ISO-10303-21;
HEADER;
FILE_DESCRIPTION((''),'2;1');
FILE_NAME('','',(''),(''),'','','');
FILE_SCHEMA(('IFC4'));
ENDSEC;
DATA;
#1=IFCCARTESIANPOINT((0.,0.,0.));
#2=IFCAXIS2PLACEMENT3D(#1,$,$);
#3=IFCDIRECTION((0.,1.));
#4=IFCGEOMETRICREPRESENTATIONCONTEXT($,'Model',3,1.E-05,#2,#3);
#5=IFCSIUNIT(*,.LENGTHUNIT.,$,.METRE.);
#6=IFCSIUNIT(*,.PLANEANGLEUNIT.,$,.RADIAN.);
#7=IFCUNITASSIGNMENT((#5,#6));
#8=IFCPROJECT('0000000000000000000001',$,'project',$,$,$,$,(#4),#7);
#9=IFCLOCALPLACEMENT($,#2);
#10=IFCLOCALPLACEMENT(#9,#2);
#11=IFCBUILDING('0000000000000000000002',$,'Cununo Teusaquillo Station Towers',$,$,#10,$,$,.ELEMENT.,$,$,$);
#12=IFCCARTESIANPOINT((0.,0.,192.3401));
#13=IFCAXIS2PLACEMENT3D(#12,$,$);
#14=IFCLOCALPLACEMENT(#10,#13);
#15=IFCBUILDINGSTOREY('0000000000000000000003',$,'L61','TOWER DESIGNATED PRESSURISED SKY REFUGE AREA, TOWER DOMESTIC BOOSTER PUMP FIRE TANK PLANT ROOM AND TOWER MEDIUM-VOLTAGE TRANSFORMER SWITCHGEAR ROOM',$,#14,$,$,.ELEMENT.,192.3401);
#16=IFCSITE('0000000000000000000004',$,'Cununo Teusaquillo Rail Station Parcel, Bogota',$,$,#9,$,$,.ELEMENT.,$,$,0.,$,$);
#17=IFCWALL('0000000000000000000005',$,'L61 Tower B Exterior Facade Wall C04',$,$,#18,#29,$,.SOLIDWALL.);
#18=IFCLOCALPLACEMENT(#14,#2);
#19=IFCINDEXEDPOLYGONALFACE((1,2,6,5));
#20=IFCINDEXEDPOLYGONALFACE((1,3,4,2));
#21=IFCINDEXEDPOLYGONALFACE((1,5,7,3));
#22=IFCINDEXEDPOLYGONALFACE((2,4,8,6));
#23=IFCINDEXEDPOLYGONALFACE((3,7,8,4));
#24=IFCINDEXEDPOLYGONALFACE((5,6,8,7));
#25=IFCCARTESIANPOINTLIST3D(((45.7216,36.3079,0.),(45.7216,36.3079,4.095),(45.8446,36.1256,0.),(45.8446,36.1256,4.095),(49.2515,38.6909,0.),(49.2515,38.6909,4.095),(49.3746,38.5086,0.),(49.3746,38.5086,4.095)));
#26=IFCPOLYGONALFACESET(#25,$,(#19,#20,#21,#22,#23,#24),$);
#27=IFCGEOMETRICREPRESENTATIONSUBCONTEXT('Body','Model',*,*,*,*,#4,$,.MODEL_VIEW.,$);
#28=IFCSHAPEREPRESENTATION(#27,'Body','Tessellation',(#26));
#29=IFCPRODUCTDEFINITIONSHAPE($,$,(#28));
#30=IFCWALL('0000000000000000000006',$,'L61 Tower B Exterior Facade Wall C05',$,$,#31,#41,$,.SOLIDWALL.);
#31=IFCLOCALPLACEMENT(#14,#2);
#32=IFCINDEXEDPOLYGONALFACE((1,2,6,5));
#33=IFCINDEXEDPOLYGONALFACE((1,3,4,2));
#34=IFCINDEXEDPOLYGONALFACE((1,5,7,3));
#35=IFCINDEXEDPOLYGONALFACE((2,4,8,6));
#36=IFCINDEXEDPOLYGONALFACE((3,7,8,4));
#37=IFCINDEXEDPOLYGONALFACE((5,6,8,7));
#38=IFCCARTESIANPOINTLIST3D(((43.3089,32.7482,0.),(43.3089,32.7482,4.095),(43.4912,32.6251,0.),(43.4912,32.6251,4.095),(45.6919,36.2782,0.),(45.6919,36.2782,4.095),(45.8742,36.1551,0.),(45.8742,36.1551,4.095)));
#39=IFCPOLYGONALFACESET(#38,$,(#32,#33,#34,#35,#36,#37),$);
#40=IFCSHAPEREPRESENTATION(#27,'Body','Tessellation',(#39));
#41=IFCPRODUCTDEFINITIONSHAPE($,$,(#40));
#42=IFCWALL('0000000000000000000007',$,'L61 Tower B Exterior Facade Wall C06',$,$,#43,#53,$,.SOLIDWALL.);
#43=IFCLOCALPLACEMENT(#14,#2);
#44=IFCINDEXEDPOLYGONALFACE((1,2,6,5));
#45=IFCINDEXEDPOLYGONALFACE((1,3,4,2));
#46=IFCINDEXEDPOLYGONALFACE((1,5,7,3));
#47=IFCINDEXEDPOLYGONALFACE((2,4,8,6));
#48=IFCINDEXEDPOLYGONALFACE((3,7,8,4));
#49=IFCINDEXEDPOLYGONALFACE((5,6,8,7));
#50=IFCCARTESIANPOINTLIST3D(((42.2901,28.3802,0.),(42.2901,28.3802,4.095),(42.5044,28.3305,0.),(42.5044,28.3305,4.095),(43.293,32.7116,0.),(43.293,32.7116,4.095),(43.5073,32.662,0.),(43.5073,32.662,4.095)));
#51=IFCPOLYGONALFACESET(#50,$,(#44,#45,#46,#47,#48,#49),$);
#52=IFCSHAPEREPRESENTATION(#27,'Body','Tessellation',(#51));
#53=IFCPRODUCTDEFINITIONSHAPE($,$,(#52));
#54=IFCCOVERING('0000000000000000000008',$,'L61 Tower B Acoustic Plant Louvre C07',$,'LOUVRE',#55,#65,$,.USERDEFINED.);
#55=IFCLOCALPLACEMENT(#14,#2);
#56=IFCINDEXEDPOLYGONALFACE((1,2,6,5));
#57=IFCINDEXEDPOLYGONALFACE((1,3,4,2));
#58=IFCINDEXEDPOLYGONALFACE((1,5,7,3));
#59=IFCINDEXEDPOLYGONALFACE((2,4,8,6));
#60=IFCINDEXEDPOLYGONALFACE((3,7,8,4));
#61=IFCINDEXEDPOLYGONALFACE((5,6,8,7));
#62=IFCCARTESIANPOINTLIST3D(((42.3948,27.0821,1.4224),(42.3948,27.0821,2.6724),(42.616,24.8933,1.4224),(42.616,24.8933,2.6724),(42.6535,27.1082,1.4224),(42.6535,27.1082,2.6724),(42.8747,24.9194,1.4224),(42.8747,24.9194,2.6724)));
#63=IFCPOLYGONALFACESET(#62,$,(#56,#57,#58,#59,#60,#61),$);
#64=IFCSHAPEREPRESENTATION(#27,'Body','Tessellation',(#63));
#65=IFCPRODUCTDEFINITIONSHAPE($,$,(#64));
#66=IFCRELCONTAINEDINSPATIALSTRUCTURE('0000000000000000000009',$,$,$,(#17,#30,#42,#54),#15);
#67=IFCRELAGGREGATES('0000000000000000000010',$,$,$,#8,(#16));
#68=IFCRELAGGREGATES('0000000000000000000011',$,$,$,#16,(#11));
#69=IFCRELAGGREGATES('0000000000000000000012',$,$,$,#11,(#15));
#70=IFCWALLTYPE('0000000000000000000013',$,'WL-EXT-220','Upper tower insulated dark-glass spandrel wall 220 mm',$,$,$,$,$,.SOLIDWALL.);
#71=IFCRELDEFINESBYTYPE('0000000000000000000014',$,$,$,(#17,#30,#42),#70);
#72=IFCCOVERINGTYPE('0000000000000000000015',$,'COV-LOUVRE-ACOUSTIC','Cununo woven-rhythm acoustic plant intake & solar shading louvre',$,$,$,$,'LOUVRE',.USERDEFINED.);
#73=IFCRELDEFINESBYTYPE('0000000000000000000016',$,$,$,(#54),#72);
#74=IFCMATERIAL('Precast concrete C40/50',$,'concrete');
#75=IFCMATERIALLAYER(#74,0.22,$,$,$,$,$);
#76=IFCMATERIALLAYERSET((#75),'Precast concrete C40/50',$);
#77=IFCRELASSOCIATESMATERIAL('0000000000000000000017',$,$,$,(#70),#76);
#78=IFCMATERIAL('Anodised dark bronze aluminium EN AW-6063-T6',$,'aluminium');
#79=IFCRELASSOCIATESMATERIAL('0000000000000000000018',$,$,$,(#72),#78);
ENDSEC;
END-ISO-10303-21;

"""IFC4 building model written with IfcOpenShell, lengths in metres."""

from ifc_helpers import new_model, si_unit, direction, frame, frame_2d, origin, origin_2d, place, context, subcontext, project, spatial, rectangle, extrude, source, transform, mapped, material, layer, layer_set, type_object, element, save


model = new_model("IFC4")

# Units and contexts
model_context = context("Model", 3, precision=1e-05, world=origin(), true_north=direction((0.0, 1.0)))
body_context = subcontext(model_context, "Body", "Model", "MODEL_VIEW")
ifc_project = project(units=[si_unit("LENGTHUNIT", "METRE"), si_unit("PLANEANGLEUNIT", "RADIAN")], contexts=[model_context])

# Site, building, storey
site_placement = place(None, origin())
site = spatial("IfcSite", under=ifc_project, at=site_placement, Name="Cununo Teusaquillo Rail Station Parcel, Bogota", CompositionType="ELEMENT", RefElevation=0.0)
building_placement = place(site_placement, origin())
building = spatial("IfcBuilding", under=site, at=building_placement, Name="Cununo Teusaquillo Station Towers", CompositionType="ELEMENT")
storey_placement = place(building_placement, frame((0.0, 0.0, 192.3401)))
storey = spatial("IfcBuildingStorey", under=building, at=storey_placement, Name="L61", Description="TOWER DESIGNATED PRESSURISED SKY REFUGE AREA, TOWER DOMESTIC BOOSTER PUMP FIRE TANK PLANT ROOM AND TOWER MEDIUM-VOLTAGE TRANSFORMER SWITCHGEAR ROOM", CompositionType="ELEMENT", Elevation=192.3401)

# Walls
ifc_material_1 = material(Name="Precast concrete C40/50", Category="concrete")
ifc_layer_1 = layer(ifc_material_1, 0.22)
ifc_layer_set_1 = layer_set([ifc_layer_1], Name="Precast concrete C40/50")
wall_type = type_object("IfcWallType", Name="WL-EXT-220", Description="Upper tower insulated dark-glass spandrel wall 220 mm", PredefinedType="SOLIDWALL", material=ifc_layer_set_1)
for number, where, z_axis, x_axis, name in (
    (1, (45.7832, 36.2168, 0.0), (0.0, 0.0, 1.0), (0.828817, 0.559519, 0.0), "L61 Tower B Exterior Facade Wall C04"),
    (2, (43.4001, 32.6868, 0.0), (0.0, 0.0, 1.0), (0.559519, 0.828817, 0.0), "L61 Tower B Exterior Facade Wall C05"),
):
    element("IfcWall", number, at=place(storey_placement, frame(where, z_axis=z_axis, x_axis=x_axis)), inside=storey, type_object=wall_type, Name=name, PredefinedType="SOLIDWALL", context=body_context, shape_type="SweptSolid", body=[
        extrude(rectangle(XDim=4.259, YDim=0.22, at=frame_2d((2.1294, 0.0))), origin(), (0.0, 0.0, 1.0), 4.095),
    ])
wall_1_placement = place(storey_placement, frame((42.3972, 28.3552, 0.0), z_axis=(0.0, 0.0, 1.0), x_axis=(0.225573, 0.974226, 0.0)))
element("IfcWall", 3, at=wall_1_placement, inside=storey, type_object=wall_type, Name="L61 Tower B Exterior Facade Wall C06", PredefinedType="SOLIDWALL", context=body_context, shape_type="SweptSolid", body=[
    extrude(rectangle(XDim=4.446, YDim=0.22, at=frame_2d((2.2231, 0.0))), origin(), (0.0, 0.0, 1.0), 4.095),
])

# Covering
ifc_material_2 = material(Name="Anodised dark bronze aluminium EN AW-6063-T6", Category="aluminium")
covering_type = type_object("IfcCoveringType", Name="COV-LOUVRE-ACOUSTIC", Description="Cununo woven-rhythm acoustic plant intake & solar shading louvre", ElementType="LOUVRE", PredefinedType="USERDEFINED", material=ifc_material_2)
shared_shape_1 = source(origin(), body_context, "Body", "SweptSolid", [
    extrude(rectangle(XDim=2.2, YDim=0.26, at=origin_2d()), origin(), (0.0, 0.0, 1.0), 1.25),
])
covering_placement = place(storey_placement, frame((42.6348, 26.0007, 1.4224), z_axis=(0.0, 0.0, 1.0), x_axis=(-0.100535, 0.994933, 0.0)))
element("IfcCovering", 4, at=covering_placement, inside=storey, type_object=covering_type, Name="L61 Tower B Acoustic Plant Louvre C07", ObjectType="LOUVRE", PredefinedType="USERDEFINED", context=body_context, shape_type="MappedRepresentation", body=[
    mapped(shared_shape_1, transform((0.0, 0.0, 0.0), x_axis=(1.0, 0.0, 0.0), y_axis=(0.0, 1.0, 0.0), z_axis=(0.0, 0.0, 1.0), scale=1.0)),
])

save(model, "model.ifc")
